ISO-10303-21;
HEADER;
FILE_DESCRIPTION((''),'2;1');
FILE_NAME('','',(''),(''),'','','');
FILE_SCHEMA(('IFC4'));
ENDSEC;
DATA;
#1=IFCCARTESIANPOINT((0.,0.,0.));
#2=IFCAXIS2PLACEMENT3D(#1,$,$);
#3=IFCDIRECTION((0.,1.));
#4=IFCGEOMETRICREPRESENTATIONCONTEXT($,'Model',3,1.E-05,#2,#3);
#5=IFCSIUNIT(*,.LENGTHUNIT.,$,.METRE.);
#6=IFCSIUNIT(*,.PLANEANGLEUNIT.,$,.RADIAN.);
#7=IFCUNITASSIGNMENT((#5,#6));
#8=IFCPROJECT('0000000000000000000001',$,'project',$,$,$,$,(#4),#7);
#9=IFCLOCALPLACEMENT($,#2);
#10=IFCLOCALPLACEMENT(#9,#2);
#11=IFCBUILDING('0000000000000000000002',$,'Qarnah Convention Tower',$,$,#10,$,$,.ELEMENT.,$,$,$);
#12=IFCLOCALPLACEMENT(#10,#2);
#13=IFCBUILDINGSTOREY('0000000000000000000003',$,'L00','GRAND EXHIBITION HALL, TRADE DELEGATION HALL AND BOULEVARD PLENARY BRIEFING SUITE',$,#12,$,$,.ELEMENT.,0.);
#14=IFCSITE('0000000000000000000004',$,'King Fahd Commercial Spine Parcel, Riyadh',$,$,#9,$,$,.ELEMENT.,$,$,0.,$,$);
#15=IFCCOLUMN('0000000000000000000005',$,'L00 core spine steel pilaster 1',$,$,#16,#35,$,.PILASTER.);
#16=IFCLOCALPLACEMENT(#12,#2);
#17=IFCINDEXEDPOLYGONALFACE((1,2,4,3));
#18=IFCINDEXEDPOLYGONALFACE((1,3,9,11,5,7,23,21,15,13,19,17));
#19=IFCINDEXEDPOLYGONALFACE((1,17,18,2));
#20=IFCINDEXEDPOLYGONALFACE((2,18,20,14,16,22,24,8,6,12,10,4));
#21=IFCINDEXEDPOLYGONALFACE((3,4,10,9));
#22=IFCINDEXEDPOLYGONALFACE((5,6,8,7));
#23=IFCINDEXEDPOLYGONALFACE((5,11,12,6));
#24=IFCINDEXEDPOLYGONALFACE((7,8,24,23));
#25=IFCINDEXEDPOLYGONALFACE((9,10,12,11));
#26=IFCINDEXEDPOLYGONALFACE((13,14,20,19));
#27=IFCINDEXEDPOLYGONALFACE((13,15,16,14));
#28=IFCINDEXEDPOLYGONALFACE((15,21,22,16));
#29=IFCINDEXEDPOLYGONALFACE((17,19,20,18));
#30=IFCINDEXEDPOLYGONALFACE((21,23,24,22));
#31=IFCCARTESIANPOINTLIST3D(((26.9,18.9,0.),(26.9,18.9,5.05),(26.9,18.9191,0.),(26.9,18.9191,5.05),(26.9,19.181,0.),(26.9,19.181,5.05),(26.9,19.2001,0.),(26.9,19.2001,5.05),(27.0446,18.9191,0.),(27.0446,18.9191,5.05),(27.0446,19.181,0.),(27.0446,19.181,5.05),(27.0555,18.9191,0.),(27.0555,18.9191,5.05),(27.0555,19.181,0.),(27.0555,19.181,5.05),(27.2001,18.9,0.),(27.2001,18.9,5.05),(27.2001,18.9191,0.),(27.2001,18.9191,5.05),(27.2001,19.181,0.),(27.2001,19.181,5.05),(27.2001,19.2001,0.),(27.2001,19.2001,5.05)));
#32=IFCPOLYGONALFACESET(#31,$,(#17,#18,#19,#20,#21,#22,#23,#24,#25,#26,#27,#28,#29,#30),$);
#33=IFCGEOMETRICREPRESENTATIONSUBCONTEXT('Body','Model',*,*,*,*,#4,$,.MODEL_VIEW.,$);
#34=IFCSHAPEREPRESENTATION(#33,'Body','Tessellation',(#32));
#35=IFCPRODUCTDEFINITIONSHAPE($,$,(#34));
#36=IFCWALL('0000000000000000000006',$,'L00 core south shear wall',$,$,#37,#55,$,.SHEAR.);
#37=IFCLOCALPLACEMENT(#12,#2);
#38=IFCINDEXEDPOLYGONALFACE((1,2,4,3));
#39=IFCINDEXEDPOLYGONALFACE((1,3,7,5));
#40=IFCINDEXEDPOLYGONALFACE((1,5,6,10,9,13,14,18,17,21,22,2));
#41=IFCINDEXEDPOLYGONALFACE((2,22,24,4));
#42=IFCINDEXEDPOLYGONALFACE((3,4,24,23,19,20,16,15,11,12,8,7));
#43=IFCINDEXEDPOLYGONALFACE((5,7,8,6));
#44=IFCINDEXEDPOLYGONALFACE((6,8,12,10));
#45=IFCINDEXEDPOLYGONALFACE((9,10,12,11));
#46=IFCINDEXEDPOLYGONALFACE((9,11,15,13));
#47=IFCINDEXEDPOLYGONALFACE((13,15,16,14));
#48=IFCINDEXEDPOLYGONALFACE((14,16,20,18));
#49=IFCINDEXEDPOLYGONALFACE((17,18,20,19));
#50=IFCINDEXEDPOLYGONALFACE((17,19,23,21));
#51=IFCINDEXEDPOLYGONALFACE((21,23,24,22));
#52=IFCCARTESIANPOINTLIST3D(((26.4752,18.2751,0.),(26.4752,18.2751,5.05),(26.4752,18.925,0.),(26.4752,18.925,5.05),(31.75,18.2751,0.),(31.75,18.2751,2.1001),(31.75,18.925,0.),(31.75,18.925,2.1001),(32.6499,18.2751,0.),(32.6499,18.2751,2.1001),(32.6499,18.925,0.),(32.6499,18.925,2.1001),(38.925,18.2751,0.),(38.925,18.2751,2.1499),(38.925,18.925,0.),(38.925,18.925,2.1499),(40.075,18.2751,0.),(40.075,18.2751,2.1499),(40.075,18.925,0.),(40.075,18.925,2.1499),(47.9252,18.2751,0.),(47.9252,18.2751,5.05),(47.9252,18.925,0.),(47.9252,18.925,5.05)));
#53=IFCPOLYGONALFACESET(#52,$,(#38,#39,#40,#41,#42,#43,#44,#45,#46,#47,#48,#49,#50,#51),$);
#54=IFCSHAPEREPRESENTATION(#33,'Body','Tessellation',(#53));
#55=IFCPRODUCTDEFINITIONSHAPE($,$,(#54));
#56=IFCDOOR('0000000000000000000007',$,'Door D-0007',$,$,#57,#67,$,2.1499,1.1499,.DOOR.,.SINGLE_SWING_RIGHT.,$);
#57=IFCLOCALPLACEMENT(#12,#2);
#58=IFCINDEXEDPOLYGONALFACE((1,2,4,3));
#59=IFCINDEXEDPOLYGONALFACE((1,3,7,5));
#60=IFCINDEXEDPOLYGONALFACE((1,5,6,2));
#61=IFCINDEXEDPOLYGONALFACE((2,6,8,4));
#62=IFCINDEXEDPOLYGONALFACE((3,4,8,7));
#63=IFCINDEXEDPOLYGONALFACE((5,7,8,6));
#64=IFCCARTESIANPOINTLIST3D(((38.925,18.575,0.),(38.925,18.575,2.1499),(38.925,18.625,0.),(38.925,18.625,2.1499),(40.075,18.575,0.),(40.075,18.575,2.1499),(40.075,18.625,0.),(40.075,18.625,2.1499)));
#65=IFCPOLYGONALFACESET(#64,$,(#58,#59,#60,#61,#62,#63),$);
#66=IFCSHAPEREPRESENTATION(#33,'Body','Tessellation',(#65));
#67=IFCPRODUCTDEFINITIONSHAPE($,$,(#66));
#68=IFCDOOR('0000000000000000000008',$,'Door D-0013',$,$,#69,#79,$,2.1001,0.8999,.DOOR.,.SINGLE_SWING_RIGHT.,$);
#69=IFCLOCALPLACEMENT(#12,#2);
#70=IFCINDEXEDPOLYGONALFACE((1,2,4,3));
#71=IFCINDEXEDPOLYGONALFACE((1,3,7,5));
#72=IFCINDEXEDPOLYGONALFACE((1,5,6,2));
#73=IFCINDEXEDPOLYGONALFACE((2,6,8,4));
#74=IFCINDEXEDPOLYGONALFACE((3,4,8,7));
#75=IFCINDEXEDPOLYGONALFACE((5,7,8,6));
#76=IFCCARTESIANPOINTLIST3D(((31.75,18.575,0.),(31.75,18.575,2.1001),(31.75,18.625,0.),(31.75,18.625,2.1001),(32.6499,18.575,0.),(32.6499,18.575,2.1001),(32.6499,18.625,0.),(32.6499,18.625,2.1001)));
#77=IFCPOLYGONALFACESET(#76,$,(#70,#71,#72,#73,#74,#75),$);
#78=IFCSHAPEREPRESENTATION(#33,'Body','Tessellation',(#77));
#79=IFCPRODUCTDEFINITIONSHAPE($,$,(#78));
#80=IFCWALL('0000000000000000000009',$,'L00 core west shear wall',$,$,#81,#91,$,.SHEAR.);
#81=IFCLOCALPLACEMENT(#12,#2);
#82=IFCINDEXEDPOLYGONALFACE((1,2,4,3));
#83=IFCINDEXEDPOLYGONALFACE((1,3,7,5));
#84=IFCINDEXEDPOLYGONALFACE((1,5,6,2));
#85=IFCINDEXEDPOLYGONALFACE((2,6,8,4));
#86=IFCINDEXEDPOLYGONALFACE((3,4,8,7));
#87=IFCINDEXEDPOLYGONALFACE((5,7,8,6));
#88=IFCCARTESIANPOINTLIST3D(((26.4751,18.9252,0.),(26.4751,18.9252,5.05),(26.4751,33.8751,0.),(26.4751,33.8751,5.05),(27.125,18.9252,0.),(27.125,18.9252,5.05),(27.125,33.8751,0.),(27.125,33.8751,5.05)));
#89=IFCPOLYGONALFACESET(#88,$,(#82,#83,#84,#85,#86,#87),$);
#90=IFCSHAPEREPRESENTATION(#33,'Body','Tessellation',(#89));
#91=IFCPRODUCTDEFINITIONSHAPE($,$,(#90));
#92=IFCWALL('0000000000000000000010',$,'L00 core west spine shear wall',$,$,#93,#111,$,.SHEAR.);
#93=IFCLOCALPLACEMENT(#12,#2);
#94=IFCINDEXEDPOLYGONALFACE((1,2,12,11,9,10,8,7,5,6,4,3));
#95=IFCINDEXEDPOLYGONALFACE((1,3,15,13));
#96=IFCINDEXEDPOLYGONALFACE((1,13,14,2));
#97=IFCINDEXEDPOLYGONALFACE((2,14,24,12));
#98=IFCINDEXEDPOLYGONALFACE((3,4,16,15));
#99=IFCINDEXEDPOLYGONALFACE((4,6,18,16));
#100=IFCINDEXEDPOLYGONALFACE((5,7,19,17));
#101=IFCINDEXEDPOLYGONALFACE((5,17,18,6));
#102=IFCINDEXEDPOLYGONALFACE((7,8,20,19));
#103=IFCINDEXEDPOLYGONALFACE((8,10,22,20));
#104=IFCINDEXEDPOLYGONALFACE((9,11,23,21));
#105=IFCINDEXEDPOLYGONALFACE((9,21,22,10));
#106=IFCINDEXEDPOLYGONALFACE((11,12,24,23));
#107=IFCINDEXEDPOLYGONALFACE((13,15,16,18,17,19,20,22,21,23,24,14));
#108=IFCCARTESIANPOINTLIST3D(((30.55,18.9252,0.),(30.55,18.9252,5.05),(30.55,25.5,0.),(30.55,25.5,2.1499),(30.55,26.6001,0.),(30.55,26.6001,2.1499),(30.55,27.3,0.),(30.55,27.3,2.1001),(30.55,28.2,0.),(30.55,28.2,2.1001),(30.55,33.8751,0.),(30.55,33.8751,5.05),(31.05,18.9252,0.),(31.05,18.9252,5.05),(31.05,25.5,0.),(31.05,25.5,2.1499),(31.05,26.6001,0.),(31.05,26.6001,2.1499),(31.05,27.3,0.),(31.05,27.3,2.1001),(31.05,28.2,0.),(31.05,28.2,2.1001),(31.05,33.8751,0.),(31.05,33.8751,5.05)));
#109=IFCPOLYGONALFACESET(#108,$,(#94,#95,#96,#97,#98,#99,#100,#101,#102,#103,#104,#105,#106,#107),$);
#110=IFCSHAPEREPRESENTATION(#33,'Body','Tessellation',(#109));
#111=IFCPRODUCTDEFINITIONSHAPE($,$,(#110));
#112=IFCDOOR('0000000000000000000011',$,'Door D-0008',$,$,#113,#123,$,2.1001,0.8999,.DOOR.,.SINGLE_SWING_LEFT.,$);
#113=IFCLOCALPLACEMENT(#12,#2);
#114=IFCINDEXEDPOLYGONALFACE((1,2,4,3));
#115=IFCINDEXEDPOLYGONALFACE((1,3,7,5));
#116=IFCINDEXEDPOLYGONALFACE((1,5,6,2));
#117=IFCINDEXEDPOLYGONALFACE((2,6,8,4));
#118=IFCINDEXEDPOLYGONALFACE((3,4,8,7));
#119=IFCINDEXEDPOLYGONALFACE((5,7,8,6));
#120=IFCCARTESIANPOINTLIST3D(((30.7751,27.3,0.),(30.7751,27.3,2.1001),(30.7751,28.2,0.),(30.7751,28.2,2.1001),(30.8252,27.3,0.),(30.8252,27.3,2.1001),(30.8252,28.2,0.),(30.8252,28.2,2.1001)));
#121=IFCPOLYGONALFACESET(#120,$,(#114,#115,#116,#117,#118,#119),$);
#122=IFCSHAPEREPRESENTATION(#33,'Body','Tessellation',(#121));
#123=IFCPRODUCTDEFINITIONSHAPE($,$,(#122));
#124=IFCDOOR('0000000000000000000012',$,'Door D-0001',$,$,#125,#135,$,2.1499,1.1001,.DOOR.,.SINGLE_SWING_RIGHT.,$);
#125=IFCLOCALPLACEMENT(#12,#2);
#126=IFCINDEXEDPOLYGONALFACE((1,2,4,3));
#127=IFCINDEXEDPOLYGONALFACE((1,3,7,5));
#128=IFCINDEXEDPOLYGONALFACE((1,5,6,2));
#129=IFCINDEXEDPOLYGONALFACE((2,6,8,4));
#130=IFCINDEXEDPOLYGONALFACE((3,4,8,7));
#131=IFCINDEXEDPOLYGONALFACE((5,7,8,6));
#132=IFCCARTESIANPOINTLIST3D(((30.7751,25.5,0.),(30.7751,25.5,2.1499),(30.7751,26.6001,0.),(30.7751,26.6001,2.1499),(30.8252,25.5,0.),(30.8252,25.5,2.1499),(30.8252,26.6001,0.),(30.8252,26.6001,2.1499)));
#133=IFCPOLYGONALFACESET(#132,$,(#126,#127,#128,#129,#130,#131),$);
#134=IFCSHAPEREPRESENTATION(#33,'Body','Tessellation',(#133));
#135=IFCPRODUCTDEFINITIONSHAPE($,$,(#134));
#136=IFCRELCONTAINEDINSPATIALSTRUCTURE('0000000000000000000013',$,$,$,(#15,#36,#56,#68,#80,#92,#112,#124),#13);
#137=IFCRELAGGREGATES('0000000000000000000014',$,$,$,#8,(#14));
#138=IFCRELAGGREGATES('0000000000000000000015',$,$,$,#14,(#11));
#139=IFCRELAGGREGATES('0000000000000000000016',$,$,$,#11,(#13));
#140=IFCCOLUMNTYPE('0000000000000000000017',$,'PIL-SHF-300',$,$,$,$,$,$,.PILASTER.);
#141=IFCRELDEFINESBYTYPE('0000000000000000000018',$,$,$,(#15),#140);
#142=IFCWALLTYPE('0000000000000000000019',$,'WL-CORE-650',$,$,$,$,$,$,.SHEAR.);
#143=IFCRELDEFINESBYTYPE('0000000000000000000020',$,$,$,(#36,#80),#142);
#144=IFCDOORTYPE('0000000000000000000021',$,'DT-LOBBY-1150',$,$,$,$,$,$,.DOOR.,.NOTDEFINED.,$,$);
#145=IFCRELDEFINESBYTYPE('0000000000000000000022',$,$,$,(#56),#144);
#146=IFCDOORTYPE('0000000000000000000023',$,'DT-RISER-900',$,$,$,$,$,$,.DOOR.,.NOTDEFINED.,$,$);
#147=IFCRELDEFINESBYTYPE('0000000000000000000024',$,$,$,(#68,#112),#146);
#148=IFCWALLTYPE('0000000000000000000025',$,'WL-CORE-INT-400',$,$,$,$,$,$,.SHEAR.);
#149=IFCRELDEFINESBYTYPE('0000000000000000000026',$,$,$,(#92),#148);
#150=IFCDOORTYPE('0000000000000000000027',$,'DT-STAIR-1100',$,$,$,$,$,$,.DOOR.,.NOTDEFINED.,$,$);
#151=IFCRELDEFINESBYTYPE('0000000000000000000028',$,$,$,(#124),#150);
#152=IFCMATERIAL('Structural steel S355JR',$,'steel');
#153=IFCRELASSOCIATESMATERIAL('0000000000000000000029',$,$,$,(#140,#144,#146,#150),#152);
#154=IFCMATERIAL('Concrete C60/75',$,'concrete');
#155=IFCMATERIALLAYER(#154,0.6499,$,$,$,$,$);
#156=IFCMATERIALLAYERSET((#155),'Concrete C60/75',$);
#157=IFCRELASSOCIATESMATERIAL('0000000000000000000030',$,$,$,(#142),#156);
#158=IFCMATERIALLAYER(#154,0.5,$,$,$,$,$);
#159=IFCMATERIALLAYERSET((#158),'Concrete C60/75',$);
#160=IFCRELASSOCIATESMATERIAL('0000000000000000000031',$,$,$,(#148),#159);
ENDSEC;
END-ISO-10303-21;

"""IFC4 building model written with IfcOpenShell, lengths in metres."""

from ifc_helpers import new_model, si_unit, direction, frame, frame_2d, origin, origin_2d, place, context, subcontext, project, spatial, rectangle, i_section, extrude, material, layer, layer_set, material_profile, profile_set, type_object, element, fill, save


model = new_model("IFC4")

# Units and contexts
model_context = context("Model", 3, precision=1e-05, world=origin(), true_north=direction((0.0, 1.0)))
body_context = subcontext(model_context, "Body", "Model", "MODEL_VIEW")
ifc_project = project(units=[si_unit("LENGTHUNIT", "METRE"), si_unit("PLANEANGLEUNIT", "RADIAN")], contexts=[model_context])

# Site, building, storey
site_placement = place(None, origin())
site = spatial("IfcSite", under=ifc_project, at=site_placement, Name="King Fahd Commercial Spine Parcel, Riyadh", CompositionType="ELEMENT", RefElevation=0.0)
building_placement = place(site_placement, origin())
building = spatial("IfcBuilding", under=site, at=building_placement, Name="Qarnah Convention Tower", CompositionType="ELEMENT")
storey_placement = place(building_placement, origin())
storey = spatial("IfcBuildingStorey", under=building, at=storey_placement, Name="L00", Description="GRAND EXHIBITION HALL, TRADE DELEGATION HALL AND BOULEVARD PLENARY BRIEFING SUITE", CompositionType="ELEMENT", Elevation=0.0)

# Column
ifc_material_1 = material(Name="Structural steel S355JR", Category="steel")
ifc_material_profile = material_profile(ifc_material_1, i_section(OverallWidth=0.3, OverallDepth=0.3, WebThickness=0.011, FlangeThickness=0.019, at=origin_2d()), Name="HEB300")
ifc_profile_set = profile_set([ifc_material_profile], Name="Structural steel S355JR")
column_type = type_object("IfcColumnType", Name="PIL-SHF-300", PredefinedType="PILASTER", material=ifc_profile_set)
column_placement = place(storey_placement, frame((27.05, 19.05, 0.0), z_axis=(0.0, 0.0, 1.0), x_axis=(1.0, 0.0, 0.0)))
element("IfcColumn", 1, at=column_placement, inside=storey, type_object=column_type, Name="L00 core spine steel pilaster 1", PredefinedType="PILASTER", context=body_context, shape_type="SweptSolid", body=[
    extrude(i_section(OverallWidth=0.3, OverallDepth=0.3, WebThickness=0.011, FlangeThickness=0.019, at=origin_2d()), origin(), (0.0, 0.0, 1.0), 5.05),
])

# Wall, openings, doors
ifc_material_2 = material(Name="Concrete C60/75", Category="concrete")
ifc_layer_1 = layer(ifc_material_2, 0.6499)
ifc_layer_set_1 = layer_set([ifc_layer_1], Name="Concrete C60/75")
wall_type_1 = type_object("IfcWallType", Name="WL-CORE-650", PredefinedType="SHEAR", material=ifc_layer_set_1)
wall_1_placement = place(storey_placement, frame((26.4751, 18.6001, 0.0), z_axis=(0.0, 0.0, 1.0), x_axis=(1.0, 0.0, 0.0)))
wall_1 = element("IfcWall", 2, at=wall_1_placement, inside=storey, type_object=wall_type_1, Name="L00 core south shear wall", PredefinedType="SHEAR", context=body_context, shape_type="SweptSolid", body=[
    extrude(rectangle(XDim=21.45, YDim=0.6499, at=frame_2d((10.7251, 0.0))), origin(), (0.0, 0.0, 1.0), 5.05),
])
opening_1_placement = place(wall_1_placement, frame((12.45, 0.0, 0.0)))
opening_1 = element("IfcOpeningElement", 3, at=opening_1_placement, cuts=wall_1, PredefinedType="OPENING", context=body_context, shape_type="SweptSolid", body=[
    extrude(rectangle(XDim=1.1499, YDim=2.1499, at=frame_2d((0.575, 1.075))), frame((0.0, 0.335, 0.0), z_axis=(0.0, -1.0, 0.0), x_axis=(1.0, 0.0, 0.0)), (0.0, 0.0, 1.0), 0.6699),
])
opening_2_placement = place(wall_1_placement, frame((5.2749, 0.0, 0.0)))
opening_2 = element("IfcOpeningElement", 4, at=opening_2_placement, cuts=wall_1, PredefinedType="OPENING", context=body_context, shape_type="SweptSolid", body=[
    extrude(rectangle(XDim=0.8999, YDim=2.1001, at=frame_2d((0.45, 1.05))), frame((0.0, 0.335, 0.0), z_axis=(0.0, -1.0, 0.0), x_axis=(1.0, 0.0, 0.0)), (0.0, 0.0, 1.0), 0.6699),
])
door_type_1 = type_object("IfcDoorType", Name="DT-LOBBY-1150", OperationType="NOTDEFINED", PredefinedType="DOOR", material=ifc_material_1)
door_1_placement = place(opening_1_placement, origin())
door_1 = element("IfcDoor", 5, at=door_1_placement, inside=storey, type_object=door_type_1, Name="Door D-0007", OperationType="SINGLE_SWING_RIGHT", OverallHeight=2.1499, OverallWidth=1.1499, PredefinedType="DOOR", context=body_context, shape_type="SweptSolid", body=[
    extrude(rectangle(XDim=1.1499, YDim=2.1499, at=frame_2d((0.575, 1.075))), frame((0.0, 0.0249, 0.0), z_axis=(0.0, -1.0, 0.0), x_axis=(1.0, 0.0, 0.0)), (0.0, 0.0, 1.0), 0.05),
])
fill(opening_1, door_1)
door_type_2 = type_object("IfcDoorType", Name="DT-RISER-900", OperationType="NOTDEFINED", PredefinedType="DOOR", material=ifc_material_1)
door_2_placement = place(opening_2_placement, origin())
door_2 = element("IfcDoor", 6, at=door_2_placement, inside=storey, type_object=door_type_2, Name="Door D-0013", OperationType="SINGLE_SWING_RIGHT", OverallHeight=2.1001, OverallWidth=0.8999, PredefinedType="DOOR", context=body_context, shape_type="SweptSolid", body=[
    extrude(rectangle(XDim=0.8999, YDim=2.1001, at=frame_2d((0.45, 1.05))), frame((0.0, 0.0249, 0.0), z_axis=(0.0, -1.0, 0.0), x_axis=(1.0, 0.0, 0.0)), (0.0, 0.0, 1.0), 0.05),
])
fill(opening_2, door_2)

# Wall
wall_2_placement = place(storey_placement, frame((26.8, 18.925, 0.0), z_axis=(0.0, 0.0, 1.0), x_axis=(0.0, 1.0, 0.0)))
element("IfcWall", 7, at=wall_2_placement, inside=storey, type_object=wall_type_1, Name="L00 core west shear wall", PredefinedType="SHEAR", context=body_context, shape_type="SweptSolid", body=[
    extrude(rectangle(XDim=14.95, YDim=0.6499, at=frame_2d((7.4751, 0.0))), origin(), (0.0, 0.0, 1.0), 5.05),
])

# Wall, openings, doors
ifc_layer_2 = layer(ifc_material_2, 0.5)
ifc_layer_set_2 = layer_set([ifc_layer_2], Name="Concrete C60/75")
wall_type_2 = type_object("IfcWallType", Name="WL-CORE-INT-400", PredefinedType="SHEAR", material=ifc_layer_set_2)
wall_3_placement = place(storey_placement, frame((30.8, 18.925, 0.0), z_axis=(0.0, 0.0, 1.0), x_axis=(0.0, 1.0, 0.0)))
wall_3 = element("IfcWall", 8, at=wall_3_placement, inside=storey, type_object=wall_type_2, Name="L00 core west spine shear wall", PredefinedType="SHEAR", context=body_context, shape_type="SweptSolid", body=[
    extrude(rectangle(XDim=14.95, YDim=0.5, at=frame_2d((7.4751, 0.0))), origin(), (0.0, 0.0, 1.0), 5.05),
])
opening_3_placement = place(wall_3_placement, frame((6.575, 0.0, 0.0)))
opening_3 = element("IfcOpeningElement", 9, at=opening_3_placement, cuts=wall_3, PredefinedType="OPENING", context=body_context, shape_type="SweptSolid", body=[
    extrude(rectangle(XDim=1.1001, YDim=2.1499, at=frame_2d((0.55, 1.075))), frame((0.0, 0.26, 0.0), z_axis=(0.0, -1.0, 0.0), x_axis=(1.0, 0.0, 0.0)), (0.0, 0.0, 1.0), 0.52),
])
opening_4_placement = place(wall_3_placement, frame((8.375, 0.0, 0.0)))
opening_4 = element("IfcOpeningElement", 10, at=opening_4_placement, cuts=wall_3, PredefinedType="OPENING", context=body_context, shape_type="SweptSolid", body=[
    extrude(rectangle(XDim=0.8999, YDim=2.1001, at=frame_2d((0.45, 1.05))), frame((0.0, 0.26, 0.0), z_axis=(0.0, -1.0, 0.0), x_axis=(1.0, 0.0, 0.0)), (0.0, 0.0, 1.0), 0.52),
])
door_3_placement = place(opening_4_placement, origin())
door_3 = element("IfcDoor", 11, at=door_3_placement, inside=storey, type_object=door_type_2, Name="Door D-0008", OperationType="SINGLE_SWING_LEFT", OverallHeight=2.1001, OverallWidth=0.8999, PredefinedType="DOOR", context=body_context, shape_type="SweptSolid", body=[
    extrude(rectangle(XDim=0.8999, YDim=2.1001, at=frame_2d((0.45, 1.05))), frame((0.0, 0.0249, 0.0), z_axis=(0.0, -1.0, 0.0), x_axis=(1.0, 0.0, 0.0)), (0.0, 0.0, 1.0), 0.05),
])
fill(opening_4, door_3)
door_type_3 = type_object("IfcDoorType", Name="DT-STAIR-1100", OperationType="NOTDEFINED", PredefinedType="DOOR", material=ifc_material_1)
door_4_placement = place(opening_3_placement, origin())
door_4 = element("IfcDoor", 12, at=door_4_placement, inside=storey, type_object=door_type_3, Name="Door D-0001", OperationType="SINGLE_SWING_RIGHT", OverallHeight=2.1499, OverallWidth=1.1001, PredefinedType="DOOR", context=body_context, shape_type="SweptSolid", body=[
    extrude(rectangle(XDim=1.1001, YDim=2.1499, at=frame_2d((0.55, 1.075))), frame((0.0, 0.0249, 0.0), z_axis=(0.0, -1.0, 0.0), x_axis=(1.0, 0.0, 0.0)), (0.0, 0.0, 1.0), 0.05),
])
fill(opening_3, door_4)

save(model, "model.ifc")
